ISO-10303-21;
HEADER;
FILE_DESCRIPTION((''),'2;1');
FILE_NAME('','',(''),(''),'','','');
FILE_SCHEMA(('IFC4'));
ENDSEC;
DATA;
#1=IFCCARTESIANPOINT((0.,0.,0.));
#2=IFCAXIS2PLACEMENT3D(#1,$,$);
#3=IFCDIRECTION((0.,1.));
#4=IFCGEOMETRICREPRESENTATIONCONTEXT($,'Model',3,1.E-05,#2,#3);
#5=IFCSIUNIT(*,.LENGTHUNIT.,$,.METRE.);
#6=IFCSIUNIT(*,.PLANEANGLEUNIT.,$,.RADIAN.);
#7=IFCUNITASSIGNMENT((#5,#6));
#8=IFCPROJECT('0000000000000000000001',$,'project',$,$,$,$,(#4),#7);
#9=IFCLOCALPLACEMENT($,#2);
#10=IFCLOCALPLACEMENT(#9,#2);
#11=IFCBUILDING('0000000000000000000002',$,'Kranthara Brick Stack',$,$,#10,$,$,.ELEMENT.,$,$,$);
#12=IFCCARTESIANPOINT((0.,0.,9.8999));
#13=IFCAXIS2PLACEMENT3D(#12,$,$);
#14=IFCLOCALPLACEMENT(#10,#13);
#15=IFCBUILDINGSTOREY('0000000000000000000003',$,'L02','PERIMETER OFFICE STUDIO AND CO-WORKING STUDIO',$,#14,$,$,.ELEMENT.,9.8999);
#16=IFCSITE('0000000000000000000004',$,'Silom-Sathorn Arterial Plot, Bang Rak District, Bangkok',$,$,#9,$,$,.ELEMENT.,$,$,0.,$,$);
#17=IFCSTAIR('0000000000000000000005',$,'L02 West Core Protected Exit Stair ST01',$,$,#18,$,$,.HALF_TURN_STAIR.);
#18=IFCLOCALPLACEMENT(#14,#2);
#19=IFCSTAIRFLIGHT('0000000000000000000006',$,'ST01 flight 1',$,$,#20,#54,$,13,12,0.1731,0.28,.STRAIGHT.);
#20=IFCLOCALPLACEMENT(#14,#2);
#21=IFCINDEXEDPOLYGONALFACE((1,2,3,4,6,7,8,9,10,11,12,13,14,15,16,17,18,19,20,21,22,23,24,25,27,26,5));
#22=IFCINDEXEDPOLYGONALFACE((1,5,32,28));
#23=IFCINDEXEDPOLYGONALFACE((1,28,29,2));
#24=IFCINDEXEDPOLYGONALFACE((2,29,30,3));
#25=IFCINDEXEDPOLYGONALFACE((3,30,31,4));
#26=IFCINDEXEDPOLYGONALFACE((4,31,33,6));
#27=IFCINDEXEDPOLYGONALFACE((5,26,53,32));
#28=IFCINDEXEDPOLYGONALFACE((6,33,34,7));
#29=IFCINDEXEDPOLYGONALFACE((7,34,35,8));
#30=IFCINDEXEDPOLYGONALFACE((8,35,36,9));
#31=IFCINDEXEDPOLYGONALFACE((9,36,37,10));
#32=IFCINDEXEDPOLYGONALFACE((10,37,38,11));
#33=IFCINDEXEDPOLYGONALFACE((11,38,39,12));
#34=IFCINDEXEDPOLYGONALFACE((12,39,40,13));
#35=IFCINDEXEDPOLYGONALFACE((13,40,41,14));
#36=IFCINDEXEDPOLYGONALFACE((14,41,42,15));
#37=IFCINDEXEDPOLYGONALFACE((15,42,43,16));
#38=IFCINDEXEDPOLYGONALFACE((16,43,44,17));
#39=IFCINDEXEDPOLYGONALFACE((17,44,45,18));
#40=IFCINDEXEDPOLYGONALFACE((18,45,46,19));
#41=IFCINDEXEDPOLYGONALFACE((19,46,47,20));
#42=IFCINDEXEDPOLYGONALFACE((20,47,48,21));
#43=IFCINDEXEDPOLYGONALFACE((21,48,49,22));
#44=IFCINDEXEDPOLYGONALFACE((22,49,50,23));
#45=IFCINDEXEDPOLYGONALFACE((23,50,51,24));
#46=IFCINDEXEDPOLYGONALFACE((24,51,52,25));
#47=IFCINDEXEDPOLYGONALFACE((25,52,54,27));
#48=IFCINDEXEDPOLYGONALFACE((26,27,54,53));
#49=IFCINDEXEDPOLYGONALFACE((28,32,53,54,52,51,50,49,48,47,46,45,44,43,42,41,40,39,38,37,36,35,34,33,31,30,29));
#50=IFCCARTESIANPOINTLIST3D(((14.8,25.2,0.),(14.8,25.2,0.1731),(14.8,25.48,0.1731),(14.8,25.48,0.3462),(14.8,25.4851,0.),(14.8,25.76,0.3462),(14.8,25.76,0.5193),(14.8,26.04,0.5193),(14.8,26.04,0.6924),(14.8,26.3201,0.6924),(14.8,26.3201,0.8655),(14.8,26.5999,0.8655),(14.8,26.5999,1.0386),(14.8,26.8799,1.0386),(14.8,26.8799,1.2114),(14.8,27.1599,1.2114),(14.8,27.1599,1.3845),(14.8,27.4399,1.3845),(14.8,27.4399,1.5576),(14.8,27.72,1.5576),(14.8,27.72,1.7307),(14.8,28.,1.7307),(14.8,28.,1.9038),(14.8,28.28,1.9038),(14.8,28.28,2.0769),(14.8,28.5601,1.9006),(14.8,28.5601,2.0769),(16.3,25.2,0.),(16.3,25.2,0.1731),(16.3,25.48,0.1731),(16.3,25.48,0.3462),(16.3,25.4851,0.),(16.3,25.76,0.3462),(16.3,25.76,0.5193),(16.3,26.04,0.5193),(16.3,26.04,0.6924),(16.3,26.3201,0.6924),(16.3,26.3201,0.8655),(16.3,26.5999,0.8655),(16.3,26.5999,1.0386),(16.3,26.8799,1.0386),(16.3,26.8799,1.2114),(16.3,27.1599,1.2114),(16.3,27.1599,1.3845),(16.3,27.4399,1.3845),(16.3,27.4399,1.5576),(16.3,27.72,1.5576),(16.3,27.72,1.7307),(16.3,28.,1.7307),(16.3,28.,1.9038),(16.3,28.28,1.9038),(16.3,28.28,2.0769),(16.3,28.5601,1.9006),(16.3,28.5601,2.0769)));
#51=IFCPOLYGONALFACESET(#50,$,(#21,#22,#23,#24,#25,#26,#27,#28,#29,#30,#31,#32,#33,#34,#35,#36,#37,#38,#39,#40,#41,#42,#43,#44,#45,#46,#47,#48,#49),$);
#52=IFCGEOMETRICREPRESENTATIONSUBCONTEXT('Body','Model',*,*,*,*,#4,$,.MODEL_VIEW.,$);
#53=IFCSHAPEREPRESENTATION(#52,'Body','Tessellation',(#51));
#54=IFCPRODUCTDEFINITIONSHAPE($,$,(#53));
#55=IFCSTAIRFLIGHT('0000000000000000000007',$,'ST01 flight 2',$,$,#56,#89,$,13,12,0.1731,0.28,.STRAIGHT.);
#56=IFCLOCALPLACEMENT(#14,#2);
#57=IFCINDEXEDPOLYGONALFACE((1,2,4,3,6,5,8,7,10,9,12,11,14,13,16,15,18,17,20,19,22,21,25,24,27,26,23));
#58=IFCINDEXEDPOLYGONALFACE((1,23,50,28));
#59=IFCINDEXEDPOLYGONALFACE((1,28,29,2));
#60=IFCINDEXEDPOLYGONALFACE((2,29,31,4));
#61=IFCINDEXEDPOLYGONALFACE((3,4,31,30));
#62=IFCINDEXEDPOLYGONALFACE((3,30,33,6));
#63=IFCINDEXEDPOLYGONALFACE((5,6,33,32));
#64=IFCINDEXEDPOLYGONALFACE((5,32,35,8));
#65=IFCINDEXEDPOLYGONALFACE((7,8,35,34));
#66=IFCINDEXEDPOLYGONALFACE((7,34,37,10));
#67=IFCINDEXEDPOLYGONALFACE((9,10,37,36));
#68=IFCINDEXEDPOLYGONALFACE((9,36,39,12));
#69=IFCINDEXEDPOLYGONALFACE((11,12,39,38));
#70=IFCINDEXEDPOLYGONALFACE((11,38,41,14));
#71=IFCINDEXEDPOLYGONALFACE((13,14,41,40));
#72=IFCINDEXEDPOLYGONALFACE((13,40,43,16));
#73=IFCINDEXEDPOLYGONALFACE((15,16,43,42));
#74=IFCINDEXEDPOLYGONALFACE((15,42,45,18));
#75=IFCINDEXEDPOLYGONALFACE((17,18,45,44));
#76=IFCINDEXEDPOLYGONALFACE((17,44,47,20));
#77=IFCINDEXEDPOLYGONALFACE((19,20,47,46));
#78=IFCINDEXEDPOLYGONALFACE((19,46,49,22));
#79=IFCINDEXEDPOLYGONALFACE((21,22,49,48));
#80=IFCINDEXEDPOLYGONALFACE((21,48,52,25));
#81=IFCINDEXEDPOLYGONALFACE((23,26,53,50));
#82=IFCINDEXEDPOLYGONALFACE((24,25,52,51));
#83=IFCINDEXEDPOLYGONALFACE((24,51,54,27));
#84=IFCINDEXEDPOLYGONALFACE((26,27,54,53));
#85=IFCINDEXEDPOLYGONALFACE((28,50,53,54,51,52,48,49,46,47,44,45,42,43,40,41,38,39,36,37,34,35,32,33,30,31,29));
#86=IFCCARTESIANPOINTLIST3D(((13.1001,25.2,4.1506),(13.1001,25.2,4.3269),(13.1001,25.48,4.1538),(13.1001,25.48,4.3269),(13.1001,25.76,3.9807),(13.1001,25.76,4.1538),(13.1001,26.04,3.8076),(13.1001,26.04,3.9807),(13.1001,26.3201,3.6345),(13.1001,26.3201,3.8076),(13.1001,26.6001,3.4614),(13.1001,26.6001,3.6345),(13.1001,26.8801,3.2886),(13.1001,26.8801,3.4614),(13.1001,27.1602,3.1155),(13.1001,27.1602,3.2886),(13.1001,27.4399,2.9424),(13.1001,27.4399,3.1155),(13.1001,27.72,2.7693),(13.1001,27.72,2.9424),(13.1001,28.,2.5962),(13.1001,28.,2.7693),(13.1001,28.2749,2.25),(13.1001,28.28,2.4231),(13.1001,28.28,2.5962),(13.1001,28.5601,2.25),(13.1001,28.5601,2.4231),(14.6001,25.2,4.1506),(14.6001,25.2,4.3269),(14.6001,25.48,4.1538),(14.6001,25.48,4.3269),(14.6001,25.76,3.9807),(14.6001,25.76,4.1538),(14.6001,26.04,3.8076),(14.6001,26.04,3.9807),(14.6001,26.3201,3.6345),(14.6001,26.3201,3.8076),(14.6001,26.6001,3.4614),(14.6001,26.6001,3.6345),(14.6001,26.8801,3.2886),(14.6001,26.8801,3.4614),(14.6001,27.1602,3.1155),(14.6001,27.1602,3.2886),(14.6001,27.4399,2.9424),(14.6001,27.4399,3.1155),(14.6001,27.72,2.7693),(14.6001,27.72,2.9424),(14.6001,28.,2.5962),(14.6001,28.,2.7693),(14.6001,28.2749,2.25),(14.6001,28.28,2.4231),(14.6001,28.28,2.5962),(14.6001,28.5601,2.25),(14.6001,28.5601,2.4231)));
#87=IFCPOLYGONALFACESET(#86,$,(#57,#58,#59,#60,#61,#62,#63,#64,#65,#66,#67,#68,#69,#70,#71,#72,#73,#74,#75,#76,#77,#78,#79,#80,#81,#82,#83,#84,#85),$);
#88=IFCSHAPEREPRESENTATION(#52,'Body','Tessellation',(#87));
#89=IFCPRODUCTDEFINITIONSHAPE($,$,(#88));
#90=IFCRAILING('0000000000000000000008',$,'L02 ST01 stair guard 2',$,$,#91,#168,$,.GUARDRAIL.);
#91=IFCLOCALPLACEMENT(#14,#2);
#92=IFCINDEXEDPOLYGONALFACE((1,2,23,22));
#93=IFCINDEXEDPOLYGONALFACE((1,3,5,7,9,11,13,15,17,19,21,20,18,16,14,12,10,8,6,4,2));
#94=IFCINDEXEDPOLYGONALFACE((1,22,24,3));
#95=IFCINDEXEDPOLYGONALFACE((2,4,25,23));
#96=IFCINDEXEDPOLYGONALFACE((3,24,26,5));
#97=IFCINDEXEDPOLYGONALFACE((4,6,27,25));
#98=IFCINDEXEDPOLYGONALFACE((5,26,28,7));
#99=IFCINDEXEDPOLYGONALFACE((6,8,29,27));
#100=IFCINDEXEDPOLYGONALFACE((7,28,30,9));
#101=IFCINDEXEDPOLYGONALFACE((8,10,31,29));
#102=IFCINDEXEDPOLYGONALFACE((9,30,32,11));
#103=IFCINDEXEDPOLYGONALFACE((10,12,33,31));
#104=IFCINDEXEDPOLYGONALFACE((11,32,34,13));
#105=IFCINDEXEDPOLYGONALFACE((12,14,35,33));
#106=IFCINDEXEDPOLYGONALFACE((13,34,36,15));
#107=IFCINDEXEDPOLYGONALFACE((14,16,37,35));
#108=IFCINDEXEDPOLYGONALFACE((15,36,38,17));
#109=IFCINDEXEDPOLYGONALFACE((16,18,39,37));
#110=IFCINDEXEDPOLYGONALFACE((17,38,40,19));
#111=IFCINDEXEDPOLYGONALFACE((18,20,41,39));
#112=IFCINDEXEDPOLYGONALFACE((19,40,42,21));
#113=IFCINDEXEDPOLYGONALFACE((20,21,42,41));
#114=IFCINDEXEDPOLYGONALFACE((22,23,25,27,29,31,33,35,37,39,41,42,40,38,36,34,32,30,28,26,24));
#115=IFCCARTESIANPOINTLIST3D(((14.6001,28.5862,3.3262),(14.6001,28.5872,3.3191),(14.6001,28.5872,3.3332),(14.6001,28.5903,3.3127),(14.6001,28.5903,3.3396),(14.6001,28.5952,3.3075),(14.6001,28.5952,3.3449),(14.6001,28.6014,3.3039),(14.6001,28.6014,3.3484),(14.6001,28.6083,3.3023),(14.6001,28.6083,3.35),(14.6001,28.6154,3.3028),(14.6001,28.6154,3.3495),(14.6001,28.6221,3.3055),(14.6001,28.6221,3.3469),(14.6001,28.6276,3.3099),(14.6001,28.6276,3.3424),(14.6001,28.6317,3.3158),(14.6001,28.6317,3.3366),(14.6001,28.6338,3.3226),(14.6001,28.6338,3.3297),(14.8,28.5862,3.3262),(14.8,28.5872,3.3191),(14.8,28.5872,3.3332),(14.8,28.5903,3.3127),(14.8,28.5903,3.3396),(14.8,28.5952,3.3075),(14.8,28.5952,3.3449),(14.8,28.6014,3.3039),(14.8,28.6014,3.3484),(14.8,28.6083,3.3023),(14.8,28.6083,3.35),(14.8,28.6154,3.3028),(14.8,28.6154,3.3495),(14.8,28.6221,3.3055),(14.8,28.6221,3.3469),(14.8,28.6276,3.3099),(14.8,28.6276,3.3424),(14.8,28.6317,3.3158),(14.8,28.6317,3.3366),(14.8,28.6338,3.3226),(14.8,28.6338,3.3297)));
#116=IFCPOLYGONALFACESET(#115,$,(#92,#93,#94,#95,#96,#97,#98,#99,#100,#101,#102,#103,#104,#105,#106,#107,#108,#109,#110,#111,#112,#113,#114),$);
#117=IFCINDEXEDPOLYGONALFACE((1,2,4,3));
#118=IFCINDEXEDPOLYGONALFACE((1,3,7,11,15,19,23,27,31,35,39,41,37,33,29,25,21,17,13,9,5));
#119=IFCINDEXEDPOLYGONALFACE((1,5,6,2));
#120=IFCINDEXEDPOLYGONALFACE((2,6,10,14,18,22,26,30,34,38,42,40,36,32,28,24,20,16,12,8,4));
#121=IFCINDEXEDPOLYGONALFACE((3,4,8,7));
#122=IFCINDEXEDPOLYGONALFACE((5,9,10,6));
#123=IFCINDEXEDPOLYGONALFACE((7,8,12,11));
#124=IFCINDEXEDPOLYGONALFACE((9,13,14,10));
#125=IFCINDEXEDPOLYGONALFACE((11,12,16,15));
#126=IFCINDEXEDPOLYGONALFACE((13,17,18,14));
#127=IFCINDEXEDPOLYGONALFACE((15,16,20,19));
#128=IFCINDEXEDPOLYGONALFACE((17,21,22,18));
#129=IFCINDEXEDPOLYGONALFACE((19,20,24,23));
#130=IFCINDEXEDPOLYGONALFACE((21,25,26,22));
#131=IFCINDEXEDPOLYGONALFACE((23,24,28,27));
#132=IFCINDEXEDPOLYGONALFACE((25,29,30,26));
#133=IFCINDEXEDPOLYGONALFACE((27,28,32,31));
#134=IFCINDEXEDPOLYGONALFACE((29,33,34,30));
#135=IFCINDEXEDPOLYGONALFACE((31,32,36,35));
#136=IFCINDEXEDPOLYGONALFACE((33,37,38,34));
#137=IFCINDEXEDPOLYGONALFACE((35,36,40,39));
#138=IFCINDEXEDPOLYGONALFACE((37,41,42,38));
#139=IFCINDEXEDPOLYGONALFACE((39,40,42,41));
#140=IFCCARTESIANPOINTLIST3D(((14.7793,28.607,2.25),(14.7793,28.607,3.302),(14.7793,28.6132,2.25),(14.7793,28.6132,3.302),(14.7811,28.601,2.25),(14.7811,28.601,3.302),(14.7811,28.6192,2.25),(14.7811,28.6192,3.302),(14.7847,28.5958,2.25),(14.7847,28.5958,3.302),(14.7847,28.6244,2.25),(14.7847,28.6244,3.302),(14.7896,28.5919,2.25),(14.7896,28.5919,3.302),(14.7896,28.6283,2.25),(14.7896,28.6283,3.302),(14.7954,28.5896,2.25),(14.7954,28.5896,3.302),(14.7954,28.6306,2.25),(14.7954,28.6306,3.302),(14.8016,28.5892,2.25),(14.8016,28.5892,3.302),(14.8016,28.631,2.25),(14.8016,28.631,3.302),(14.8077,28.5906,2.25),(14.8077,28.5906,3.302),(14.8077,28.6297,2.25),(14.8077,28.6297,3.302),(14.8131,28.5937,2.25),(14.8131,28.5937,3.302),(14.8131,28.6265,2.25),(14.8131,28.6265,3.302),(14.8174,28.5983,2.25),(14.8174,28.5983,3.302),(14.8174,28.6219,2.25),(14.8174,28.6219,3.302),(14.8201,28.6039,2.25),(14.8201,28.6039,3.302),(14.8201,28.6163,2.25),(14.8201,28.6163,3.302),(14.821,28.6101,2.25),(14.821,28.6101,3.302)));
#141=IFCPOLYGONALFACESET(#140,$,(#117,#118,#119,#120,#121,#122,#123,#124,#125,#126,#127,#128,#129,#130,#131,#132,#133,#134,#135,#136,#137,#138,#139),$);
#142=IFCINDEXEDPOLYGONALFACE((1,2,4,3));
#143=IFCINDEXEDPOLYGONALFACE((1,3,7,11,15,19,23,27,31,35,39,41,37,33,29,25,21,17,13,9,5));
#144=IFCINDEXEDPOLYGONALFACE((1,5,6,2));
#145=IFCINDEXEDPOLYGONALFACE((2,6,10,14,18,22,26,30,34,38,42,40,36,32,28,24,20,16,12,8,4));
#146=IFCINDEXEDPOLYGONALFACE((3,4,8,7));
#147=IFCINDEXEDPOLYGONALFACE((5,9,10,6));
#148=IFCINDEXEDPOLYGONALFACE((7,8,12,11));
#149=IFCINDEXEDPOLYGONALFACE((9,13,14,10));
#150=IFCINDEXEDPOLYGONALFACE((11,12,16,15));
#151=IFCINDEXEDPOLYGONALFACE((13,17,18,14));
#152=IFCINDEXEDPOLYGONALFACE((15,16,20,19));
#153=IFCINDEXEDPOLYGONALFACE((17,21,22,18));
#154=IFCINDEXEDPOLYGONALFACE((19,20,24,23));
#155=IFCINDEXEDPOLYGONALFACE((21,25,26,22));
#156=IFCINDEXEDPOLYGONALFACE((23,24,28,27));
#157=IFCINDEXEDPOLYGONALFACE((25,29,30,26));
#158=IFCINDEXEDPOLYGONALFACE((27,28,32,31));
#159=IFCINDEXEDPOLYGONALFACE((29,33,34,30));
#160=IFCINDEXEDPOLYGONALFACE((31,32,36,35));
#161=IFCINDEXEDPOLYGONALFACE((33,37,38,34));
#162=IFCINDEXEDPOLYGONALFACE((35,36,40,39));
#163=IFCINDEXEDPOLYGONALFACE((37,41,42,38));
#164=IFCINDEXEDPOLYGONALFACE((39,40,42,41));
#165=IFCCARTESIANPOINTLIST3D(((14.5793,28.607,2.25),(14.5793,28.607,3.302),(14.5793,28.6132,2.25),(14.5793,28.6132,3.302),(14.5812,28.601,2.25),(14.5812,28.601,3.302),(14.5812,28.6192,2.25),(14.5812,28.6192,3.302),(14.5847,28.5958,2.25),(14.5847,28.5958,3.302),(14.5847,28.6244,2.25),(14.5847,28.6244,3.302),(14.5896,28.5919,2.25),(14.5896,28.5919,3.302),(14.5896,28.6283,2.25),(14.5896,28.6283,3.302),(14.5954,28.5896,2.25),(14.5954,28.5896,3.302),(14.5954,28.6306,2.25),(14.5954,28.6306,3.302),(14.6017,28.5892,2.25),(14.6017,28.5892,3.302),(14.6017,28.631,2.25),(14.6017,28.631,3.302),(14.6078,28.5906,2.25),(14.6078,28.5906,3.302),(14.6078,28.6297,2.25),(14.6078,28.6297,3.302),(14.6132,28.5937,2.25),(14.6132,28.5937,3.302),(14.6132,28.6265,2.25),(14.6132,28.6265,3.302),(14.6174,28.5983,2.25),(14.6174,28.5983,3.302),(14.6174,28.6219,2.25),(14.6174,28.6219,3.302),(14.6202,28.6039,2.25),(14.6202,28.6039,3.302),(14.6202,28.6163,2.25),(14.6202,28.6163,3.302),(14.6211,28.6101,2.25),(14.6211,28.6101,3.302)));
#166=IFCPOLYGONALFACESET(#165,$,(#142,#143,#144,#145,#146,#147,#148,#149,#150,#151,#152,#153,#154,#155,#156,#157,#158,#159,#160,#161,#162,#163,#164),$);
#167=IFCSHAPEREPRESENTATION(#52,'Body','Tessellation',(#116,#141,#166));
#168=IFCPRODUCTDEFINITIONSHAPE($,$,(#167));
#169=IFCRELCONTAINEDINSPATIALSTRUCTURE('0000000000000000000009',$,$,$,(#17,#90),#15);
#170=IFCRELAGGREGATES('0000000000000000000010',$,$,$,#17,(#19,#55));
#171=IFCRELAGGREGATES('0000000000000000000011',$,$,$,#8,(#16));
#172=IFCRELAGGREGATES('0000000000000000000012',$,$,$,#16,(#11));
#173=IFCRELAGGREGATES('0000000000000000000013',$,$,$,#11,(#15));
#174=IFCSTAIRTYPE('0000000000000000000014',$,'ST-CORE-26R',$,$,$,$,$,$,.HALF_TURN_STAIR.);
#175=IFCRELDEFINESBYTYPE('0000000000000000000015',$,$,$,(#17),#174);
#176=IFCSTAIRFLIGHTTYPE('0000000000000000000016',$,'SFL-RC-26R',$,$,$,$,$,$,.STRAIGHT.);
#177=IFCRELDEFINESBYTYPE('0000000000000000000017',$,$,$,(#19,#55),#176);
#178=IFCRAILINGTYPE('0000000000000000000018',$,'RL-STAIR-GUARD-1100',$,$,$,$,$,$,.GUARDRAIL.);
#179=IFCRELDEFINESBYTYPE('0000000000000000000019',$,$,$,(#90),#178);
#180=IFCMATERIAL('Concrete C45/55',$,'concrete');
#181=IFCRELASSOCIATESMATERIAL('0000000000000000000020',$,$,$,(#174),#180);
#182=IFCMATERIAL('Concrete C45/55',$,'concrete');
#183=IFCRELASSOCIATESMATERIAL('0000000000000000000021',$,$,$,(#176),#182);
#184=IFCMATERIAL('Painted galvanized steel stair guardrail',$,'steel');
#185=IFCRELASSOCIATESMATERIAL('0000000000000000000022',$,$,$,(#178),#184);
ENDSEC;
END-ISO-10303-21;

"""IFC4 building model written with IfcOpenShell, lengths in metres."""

from ifc_helpers import new_model, si_unit, direction, frame, origin, origin_2d, place, context, subcontext, project, spatial, polyline, circle, outline, extrude, material, type_object, element, aggregate, save


model = new_model("IFC4")

# Units and contexts
model_context = context("Model", 3, precision=1e-05, world=origin(), true_north=direction((0.0, 1.0)))
body_context = subcontext(model_context, "Body", "Model", "MODEL_VIEW")
ifc_project = project(units=[si_unit("LENGTHUNIT", "METRE"), si_unit("PLANEANGLEUNIT", "RADIAN")], contexts=[model_context])

# Site, building, storey
site_placement = place(None, origin())
site = spatial("IfcSite", under=ifc_project, at=site_placement, Name="Silom-Sathorn Arterial Plot, Bang Rak District, Bangkok", CompositionType="ELEMENT", RefElevation=0.0)
building_placement = place(site_placement, origin())
building = spatial("IfcBuilding", under=site, at=building_placement, Name="Kranthara Brick Stack", CompositionType="ELEMENT")
storey_placement = place(building_placement, frame((0.0, 0.0, 9.8999)))
storey = spatial("IfcBuildingStorey", under=building, at=storey_placement, Name="L02", Description="PERIMETER OFFICE STUDIO AND CO-WORKING STUDIO", CompositionType="ELEMENT", Elevation=9.8999)

# Stair, stair flights
ifc_material_1 = material(Name="Concrete C45/55", Category="concrete")
stair_type = type_object("IfcStairType", Name="ST-CORE-26R", PredefinedType="HALF_TURN_STAIR", material=ifc_material_1)
stair_placement = place(storey_placement, origin())
stair = element("IfcStair", 1, at=stair_placement, inside=storey, type_object=stair_type, Name="L02 West Core Protected Exit Stair ST01", PredefinedType="HALF_TURN_STAIR")
ifc_material_2 = material(Name="Concrete C45/55", Category="concrete")
stair_flight_type = type_object("IfcStairFlightType", Name="SFL-RC-26R", PredefinedType="STRAIGHT", material=ifc_material_2)
stair_flight_1_placement = place(storey_placement, frame((15.55, 25.2, 0.0), z_axis=(0.0, 0.0, 1.0), x_axis=(0.0, 1.0, 0.0)))
stair_flight_1 = element("IfcStairFlight", 2, at=stair_flight_1_placement, type_object=stair_flight_type, Name="ST01 flight 1", NumberOfRisers=13, NumberOfTreads=12, PredefinedType="STRAIGHT", RiserHeight=0.1731, TreadLength=0.28, context=body_context, shape_type="SweptSolid", body=[
    extrude(outline(polyline([(0.0, 0.0), (0.0, 0.1731), (0.28, 0.1731), (0.28, 0.3462), (0.5601, 0.3462), (0.5601, 0.5193), (0.8401, 0.5193), (0.8401, 0.6924), (1.1201, 0.6924), (1.1201, 0.8655), (1.3999, 0.8655), (1.3999, 1.0386), (1.6799, 1.0386), (1.6799, 1.2114), (1.96, 1.2114), (1.96, 1.3845), (2.24, 1.3845), (2.24, 1.5576), (2.52, 1.5576), (2.52, 1.7307), (2.8, 1.7307), (2.8, 1.9038), (3.0801, 1.9038), (3.0801, 2.0769), (3.3601, 2.0769), (3.3601, 2.25), (3.3601, 1.9006), (0.2852, 0.0), (0.0, 0.0)])), frame((0.0, 0.75, 0.0), z_axis=(0.0, -1.0, 0.0), x_axis=(1.0, 0.0, 0.0)), (0.0, 0.0, 1.0), 1.5),
])
stair_flight_2_placement = place(storey_placement, frame((13.8501, 28.5601, 2.25), z_axis=(0.0, 0.0, 1.0), x_axis=(0.0, -1.0, 0.0)))
stair_flight_2 = element("IfcStairFlight", 3, at=stair_flight_2_placement, type_object=stair_flight_type, Name="ST01 flight 2", NumberOfRisers=13, NumberOfTreads=12, PredefinedType="STRAIGHT", RiserHeight=0.1731, TreadLength=0.28, context=body_context, shape_type="SweptSolid", body=[
    extrude(outline(polyline([(0.0, 0.0), (0.0, 0.1731), (0.28, 0.1731), (0.28, 0.3462), (0.5601, 0.3462), (0.5601, 0.5193), (0.8401, 0.5193), (0.8401, 0.6924), (1.1201, 0.6924), (1.1201, 0.8655), (1.3999, 0.8655), (1.3999, 1.0386), (1.6799, 1.0386), (1.6799, 1.2114), (1.96, 1.2114), (1.96, 1.3845), (2.24, 1.3845), (2.24, 1.5576), (2.52, 1.5576), (2.52, 1.7307), (2.8, 1.7307), (2.8, 1.9038), (3.0801, 1.9038), (3.0801, 2.0769), (3.3601, 2.0769), (3.3601, 2.25), (3.3601, 1.9006), (0.2852, 0.0), (0.0, 0.0)])), frame((0.0, 0.75, 0.0), z_axis=(0.0, -1.0, 0.0), x_axis=(1.0, 0.0, 0.0)), (0.0, 0.0, 1.0), 1.5),
])
aggregate(stair, [stair_flight_1, stair_flight_2])

# Railing
ifc_material_3 = material(Name="Painted galvanized steel stair guardrail", Category="steel")
railing_type_1 = type_object("IfcRailingType", Name="RL-STAIR-GUARD-1100", PredefinedType="GUARDRAIL", material=ifc_material_3)
railing_1_placement = place(storey_placement, frame((14.8, 28.6101, 2.25)))
element("IfcRailing", 4, at=railing_1_placement, inside=storey, type_object=railing_type_1, Name="L02 ST01 stair guard 2", PredefinedType="GUARDRAIL", context=body_context, shape_type="SweptSolid", body=[
    extrude(circle(Radius=0.0239, at=origin_2d()), frame((0.0, 0.0, 1.0762), z_axis=(-1.0, 0.0, 0.0), x_axis=(0.0, -1.0, 0.0)), (0.0, 0.0, 1.0), 0.2),
    extrude(circle(Radius=0.021, at=origin_2d()), origin(), (0.0, 0.0, 1.0), 1.052),
    extrude(circle(Radius=0.021, at=origin_2d()), frame((-0.2, 0.0, 0.0)), (0.0, 0.0, 1.0), 1.052),
])

save(model, "model.ifc")
